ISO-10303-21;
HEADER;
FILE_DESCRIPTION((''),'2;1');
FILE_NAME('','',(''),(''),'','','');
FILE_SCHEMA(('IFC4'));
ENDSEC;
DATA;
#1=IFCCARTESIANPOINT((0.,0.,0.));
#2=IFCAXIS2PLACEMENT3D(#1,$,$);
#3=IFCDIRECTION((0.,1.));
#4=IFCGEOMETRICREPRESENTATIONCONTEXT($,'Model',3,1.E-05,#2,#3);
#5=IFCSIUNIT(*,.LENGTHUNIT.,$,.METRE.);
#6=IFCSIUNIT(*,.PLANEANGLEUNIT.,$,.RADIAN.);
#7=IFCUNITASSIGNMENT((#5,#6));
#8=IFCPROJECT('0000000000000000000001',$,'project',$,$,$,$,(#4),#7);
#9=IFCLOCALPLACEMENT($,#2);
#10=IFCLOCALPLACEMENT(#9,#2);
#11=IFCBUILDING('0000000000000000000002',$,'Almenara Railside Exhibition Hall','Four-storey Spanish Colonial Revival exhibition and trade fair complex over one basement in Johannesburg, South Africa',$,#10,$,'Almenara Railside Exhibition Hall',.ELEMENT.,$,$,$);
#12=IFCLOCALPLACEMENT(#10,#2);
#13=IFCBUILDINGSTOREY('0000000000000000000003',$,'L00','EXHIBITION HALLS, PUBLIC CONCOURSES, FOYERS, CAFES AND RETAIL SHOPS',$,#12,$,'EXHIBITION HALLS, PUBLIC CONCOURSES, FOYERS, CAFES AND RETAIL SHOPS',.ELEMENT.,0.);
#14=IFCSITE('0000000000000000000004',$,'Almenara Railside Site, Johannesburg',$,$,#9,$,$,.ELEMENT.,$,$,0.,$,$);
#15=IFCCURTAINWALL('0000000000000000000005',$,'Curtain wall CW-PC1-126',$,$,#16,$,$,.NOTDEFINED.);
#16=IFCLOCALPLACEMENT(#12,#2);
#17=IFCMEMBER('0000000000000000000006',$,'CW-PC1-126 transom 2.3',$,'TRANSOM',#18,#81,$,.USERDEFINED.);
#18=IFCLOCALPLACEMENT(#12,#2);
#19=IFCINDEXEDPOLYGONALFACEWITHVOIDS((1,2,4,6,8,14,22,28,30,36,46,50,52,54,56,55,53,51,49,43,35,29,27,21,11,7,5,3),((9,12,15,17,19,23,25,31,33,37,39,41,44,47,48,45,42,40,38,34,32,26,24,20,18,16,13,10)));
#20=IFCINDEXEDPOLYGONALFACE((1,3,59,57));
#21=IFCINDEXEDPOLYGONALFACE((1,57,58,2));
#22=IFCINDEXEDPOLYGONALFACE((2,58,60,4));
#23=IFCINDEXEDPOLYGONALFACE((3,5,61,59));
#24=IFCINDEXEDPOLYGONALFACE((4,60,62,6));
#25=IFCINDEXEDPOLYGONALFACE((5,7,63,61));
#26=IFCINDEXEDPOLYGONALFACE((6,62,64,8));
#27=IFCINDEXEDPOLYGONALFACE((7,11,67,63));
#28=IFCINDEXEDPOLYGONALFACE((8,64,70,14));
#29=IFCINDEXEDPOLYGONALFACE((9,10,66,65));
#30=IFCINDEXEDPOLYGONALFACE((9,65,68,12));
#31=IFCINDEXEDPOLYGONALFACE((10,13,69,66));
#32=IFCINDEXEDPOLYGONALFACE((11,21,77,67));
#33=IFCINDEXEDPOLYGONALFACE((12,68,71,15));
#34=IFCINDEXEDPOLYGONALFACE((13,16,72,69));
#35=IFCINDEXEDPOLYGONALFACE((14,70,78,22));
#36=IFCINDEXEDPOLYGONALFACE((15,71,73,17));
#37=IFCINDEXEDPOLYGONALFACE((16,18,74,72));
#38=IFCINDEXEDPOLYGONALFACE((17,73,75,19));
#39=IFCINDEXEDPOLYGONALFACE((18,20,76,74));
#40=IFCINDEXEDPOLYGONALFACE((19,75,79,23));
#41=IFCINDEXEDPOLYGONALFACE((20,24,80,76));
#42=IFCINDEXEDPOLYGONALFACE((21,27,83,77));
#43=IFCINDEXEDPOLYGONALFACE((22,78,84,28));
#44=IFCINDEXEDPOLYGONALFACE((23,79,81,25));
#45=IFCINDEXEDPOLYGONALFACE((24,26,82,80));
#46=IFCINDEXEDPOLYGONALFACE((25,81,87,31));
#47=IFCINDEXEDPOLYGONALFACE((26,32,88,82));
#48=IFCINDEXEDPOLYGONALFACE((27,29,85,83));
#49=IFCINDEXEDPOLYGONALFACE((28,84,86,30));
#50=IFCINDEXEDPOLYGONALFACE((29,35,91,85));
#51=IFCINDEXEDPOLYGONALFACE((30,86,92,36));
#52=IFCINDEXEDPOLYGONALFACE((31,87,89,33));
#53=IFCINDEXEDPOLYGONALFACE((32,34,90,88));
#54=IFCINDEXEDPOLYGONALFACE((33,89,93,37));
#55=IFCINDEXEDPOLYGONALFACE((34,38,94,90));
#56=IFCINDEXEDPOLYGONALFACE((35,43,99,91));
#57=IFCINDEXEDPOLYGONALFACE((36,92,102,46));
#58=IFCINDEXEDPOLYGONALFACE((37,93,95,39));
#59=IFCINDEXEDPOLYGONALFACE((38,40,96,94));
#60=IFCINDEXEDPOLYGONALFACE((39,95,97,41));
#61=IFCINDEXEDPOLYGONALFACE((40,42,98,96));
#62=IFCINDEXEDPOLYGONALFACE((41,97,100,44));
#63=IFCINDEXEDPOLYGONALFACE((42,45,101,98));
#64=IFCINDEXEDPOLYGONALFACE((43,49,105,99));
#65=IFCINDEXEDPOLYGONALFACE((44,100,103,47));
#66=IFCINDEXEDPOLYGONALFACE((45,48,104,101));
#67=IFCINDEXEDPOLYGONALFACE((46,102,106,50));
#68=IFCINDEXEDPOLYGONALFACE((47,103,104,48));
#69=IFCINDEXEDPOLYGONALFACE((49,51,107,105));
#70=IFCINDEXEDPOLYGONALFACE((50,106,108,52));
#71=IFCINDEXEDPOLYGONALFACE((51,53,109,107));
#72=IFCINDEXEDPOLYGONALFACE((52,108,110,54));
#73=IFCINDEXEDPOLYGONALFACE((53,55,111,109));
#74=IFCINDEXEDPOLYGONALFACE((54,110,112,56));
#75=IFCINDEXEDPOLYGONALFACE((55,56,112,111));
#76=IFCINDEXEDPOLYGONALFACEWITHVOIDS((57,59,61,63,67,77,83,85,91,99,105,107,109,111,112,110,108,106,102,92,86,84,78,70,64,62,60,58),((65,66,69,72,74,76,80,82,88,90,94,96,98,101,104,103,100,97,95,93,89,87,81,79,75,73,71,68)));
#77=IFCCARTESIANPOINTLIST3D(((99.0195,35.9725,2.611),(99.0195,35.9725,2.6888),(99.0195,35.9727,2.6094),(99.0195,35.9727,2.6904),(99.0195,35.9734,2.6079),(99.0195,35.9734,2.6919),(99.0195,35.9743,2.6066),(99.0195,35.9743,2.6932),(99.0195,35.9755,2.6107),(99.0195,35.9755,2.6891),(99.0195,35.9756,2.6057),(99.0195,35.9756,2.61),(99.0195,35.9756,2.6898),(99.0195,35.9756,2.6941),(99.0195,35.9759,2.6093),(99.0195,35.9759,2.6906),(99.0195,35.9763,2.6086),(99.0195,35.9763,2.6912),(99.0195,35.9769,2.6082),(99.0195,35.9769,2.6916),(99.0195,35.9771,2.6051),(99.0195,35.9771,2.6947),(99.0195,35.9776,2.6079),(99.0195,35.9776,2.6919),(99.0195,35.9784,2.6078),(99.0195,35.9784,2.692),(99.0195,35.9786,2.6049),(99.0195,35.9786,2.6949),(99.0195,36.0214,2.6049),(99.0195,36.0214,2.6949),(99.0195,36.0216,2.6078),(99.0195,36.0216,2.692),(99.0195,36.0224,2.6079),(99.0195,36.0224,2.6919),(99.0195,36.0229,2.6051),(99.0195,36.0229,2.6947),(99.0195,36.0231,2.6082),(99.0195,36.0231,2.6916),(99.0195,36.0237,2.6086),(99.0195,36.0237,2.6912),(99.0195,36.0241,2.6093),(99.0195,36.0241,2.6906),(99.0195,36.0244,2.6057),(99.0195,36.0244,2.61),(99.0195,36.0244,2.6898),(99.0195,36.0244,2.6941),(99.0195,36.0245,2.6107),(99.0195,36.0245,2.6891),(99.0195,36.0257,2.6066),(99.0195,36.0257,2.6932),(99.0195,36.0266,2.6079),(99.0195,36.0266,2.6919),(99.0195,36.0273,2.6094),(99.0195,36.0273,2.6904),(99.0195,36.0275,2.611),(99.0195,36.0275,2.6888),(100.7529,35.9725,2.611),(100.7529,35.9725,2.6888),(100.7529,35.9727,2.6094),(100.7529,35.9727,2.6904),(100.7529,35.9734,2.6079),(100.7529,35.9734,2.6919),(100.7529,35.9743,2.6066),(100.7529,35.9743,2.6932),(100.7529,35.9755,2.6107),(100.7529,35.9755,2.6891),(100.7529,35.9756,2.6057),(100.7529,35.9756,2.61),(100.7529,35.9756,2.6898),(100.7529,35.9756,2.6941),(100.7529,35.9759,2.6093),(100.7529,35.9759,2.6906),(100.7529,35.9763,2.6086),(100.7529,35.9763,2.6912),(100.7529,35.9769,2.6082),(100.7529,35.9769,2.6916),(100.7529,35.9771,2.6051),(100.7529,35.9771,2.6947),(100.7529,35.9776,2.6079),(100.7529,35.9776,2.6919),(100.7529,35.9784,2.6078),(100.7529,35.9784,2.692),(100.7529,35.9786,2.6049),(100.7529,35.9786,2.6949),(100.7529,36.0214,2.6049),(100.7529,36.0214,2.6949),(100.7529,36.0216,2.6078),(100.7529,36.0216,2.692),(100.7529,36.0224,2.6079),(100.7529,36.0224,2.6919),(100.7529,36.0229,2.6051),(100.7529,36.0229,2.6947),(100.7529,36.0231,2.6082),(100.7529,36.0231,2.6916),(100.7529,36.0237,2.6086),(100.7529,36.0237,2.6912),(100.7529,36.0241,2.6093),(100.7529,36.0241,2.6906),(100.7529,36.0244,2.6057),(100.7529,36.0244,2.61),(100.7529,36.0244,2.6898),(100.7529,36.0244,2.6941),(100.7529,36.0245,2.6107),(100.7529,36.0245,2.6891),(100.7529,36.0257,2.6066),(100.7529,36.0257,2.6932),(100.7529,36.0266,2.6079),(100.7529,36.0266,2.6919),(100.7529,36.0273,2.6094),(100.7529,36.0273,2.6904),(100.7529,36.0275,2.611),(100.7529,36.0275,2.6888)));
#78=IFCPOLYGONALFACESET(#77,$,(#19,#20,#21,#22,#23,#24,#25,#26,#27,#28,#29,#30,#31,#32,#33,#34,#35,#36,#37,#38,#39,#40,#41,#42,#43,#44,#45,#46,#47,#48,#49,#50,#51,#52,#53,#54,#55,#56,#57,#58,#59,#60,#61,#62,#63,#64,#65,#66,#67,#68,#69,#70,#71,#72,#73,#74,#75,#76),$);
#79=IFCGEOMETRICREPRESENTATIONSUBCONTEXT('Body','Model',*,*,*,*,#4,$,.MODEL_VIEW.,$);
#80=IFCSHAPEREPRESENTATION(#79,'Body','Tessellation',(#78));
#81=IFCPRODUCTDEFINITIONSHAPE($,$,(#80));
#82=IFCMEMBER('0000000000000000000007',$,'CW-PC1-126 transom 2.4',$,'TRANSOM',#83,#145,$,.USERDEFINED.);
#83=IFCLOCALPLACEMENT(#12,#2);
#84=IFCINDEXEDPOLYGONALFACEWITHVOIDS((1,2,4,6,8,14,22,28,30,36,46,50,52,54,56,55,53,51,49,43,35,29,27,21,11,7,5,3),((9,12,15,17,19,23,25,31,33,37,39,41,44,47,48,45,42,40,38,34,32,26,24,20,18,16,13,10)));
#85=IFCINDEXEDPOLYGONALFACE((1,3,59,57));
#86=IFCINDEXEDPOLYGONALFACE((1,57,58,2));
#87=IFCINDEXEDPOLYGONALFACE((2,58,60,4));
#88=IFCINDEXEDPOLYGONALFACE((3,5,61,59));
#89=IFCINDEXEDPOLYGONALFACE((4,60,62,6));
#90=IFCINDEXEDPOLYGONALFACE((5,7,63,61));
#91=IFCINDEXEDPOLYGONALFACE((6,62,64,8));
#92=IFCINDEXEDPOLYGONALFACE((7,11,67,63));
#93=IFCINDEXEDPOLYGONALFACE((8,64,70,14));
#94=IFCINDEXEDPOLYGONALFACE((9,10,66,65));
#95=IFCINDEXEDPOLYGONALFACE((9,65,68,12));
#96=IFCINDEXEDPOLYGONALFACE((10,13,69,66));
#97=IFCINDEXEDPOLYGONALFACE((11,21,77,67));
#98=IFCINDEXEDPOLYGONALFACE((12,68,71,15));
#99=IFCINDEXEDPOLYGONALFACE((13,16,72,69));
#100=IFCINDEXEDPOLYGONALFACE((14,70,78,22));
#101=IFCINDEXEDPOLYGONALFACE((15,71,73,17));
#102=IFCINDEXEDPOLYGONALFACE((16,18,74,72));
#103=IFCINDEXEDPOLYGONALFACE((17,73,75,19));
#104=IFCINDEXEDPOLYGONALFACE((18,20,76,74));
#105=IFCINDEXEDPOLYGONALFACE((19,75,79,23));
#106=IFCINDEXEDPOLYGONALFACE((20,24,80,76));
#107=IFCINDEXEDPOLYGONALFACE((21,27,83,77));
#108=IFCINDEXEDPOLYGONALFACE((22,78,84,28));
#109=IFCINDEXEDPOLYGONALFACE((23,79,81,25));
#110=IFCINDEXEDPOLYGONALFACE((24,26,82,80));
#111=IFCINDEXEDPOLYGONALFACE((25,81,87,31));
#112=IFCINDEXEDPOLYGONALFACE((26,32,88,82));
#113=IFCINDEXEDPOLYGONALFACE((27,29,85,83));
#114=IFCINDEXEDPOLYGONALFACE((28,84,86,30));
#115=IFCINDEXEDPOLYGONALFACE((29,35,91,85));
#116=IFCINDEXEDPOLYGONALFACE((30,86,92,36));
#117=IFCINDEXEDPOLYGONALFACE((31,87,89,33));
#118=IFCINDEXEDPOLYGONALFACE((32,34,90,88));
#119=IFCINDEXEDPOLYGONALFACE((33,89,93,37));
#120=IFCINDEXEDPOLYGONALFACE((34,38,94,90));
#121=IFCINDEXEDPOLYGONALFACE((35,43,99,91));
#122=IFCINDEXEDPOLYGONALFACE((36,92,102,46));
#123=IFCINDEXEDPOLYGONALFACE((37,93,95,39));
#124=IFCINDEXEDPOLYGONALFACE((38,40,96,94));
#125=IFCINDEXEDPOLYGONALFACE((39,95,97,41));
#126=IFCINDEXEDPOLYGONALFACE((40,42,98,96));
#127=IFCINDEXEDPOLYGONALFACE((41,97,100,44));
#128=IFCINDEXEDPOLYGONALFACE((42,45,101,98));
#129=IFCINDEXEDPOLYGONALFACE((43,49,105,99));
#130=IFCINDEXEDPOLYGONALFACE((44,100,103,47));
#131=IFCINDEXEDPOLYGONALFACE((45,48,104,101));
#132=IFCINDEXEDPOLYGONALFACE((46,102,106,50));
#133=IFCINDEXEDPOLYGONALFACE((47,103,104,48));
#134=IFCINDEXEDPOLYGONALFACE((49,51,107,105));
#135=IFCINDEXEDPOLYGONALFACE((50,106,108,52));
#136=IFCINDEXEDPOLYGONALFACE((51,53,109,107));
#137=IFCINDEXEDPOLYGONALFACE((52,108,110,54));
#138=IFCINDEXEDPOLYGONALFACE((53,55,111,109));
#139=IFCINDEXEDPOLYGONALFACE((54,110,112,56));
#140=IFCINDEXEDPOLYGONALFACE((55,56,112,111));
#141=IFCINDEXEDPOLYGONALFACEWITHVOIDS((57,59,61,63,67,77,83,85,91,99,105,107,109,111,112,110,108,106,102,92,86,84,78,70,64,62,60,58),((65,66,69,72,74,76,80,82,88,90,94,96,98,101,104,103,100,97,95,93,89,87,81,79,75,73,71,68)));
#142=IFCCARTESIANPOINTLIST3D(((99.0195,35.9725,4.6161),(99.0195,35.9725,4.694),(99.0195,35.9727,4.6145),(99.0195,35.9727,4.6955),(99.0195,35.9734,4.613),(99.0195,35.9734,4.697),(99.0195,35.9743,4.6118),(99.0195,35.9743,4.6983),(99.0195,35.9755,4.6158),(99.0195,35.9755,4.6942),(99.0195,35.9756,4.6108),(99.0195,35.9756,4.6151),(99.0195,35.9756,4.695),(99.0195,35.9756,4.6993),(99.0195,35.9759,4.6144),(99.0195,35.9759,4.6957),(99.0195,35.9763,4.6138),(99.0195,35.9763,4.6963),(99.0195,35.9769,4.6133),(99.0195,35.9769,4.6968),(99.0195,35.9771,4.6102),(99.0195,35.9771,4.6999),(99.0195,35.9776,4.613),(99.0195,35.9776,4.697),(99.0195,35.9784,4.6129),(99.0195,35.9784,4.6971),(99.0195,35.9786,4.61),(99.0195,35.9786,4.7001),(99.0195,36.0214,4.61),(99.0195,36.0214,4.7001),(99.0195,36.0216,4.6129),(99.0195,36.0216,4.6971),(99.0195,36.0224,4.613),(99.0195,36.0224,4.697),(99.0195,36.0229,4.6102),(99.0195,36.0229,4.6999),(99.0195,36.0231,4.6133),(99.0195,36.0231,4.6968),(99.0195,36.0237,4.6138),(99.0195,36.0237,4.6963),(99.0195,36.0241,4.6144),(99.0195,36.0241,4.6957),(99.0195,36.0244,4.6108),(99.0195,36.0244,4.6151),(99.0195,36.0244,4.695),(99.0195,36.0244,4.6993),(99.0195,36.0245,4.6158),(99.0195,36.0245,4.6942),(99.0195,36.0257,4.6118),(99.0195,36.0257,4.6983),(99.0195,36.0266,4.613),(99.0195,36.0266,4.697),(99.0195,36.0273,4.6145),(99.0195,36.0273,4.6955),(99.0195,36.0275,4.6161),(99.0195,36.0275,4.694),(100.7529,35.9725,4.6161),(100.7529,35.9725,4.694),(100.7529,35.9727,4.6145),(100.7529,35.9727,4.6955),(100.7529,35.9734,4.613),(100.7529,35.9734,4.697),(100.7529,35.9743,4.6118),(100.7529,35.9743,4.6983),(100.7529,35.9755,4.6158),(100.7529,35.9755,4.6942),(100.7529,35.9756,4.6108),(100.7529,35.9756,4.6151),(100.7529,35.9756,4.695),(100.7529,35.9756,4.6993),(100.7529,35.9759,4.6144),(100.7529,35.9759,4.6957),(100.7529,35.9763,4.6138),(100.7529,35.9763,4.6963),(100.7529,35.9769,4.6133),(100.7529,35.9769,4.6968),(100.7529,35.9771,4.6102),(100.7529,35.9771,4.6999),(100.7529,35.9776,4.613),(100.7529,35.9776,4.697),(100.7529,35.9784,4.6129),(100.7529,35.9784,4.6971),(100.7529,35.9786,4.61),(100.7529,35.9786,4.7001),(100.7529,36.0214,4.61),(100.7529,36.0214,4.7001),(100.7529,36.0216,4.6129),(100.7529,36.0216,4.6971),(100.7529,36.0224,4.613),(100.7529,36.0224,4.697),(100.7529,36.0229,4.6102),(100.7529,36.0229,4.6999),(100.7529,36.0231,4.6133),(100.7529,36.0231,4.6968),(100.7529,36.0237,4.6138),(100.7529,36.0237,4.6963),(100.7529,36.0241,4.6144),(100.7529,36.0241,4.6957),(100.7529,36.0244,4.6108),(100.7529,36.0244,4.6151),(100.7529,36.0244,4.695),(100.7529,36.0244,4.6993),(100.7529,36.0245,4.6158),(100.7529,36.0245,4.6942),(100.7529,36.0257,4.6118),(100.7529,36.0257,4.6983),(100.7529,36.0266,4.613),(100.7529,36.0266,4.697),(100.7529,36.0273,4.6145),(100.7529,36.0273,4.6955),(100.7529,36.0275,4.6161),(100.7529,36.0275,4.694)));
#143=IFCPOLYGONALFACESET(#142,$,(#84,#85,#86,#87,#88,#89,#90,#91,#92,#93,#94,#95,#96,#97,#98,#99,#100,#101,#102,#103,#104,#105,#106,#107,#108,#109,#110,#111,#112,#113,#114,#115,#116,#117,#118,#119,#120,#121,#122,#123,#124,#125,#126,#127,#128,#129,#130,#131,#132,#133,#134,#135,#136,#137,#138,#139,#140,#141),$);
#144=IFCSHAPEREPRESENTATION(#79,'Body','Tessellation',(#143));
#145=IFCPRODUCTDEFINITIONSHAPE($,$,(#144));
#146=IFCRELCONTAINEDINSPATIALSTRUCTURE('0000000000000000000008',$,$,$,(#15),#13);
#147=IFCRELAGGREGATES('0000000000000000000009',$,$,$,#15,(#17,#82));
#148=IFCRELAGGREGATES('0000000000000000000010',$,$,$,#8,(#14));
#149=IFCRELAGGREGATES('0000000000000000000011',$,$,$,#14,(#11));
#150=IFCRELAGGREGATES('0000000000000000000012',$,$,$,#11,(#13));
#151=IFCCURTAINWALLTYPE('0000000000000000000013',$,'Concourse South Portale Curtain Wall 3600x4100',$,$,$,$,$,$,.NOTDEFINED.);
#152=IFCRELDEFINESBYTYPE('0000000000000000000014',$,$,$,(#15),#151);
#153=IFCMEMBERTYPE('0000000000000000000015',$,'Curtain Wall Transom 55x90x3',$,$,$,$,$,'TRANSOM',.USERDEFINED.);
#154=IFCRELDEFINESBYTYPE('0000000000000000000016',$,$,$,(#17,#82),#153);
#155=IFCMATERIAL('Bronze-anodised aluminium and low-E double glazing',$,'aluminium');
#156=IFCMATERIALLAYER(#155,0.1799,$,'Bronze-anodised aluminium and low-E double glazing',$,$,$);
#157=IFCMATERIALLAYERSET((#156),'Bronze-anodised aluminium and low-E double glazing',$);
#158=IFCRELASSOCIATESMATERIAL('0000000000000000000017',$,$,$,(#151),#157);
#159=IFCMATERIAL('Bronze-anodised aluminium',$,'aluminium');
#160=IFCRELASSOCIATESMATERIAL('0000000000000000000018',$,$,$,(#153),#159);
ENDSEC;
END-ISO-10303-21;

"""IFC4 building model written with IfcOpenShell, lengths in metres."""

from ifc_helpers import new_model, si_unit, direction, frame, origin, origin_2d, place, context, subcontext, project, spatial, hollow_rectangle, extrude, material, layer, layer_set, material_profile, profile_set, type_object, element, aggregate, save


model = new_model("IFC4")

# Units and contexts
model_context = context("Model", 3, precision=1e-05, world=origin(), true_north=direction((0.0, 1.0)))
body_context = subcontext(model_context, "Body", "Model", "MODEL_VIEW")
ifc_project = project(units=[si_unit("LENGTHUNIT", "METRE"), si_unit("PLANEANGLEUNIT", "RADIAN")], contexts=[model_context])

# Site, building, storey
site_placement = place(None, origin())
site = spatial("IfcSite", under=ifc_project, at=site_placement, Name="Almenara Railside Site, Johannesburg", CompositionType="ELEMENT", RefElevation=0.0)
building_placement = place(site_placement, origin())
building = spatial("IfcBuilding", under=site, at=building_placement, Name="Almenara Railside Exhibition Hall", Description="Four-storey Spanish Colonial Revival exhibition and trade fair complex over one basement in Johannesburg, South Africa", LongName="Almenara Railside Exhibition Hall", CompositionType="ELEMENT")
storey_placement = place(building_placement, origin())
storey = spatial("IfcBuildingStorey", under=building, at=storey_placement, Name="L00", Description="EXHIBITION HALLS, PUBLIC CONCOURSES, FOYERS, CAFES AND RETAIL SHOPS", LongName="EXHIBITION HALLS, PUBLIC CONCOURSES, FOYERS, CAFES AND RETAIL SHOPS", CompositionType="ELEMENT", Elevation=0.0)

# Curtain wall
ifc_material_1 = material(Name="Bronze-anodised aluminium and low-E double glazing", Category="aluminium")
ifc_layer_1 = layer(ifc_material_1, 0.1799, Name="Bronze-anodised aluminium and low-E double glazing")
ifc_layer_set_1 = layer_set([ifc_layer_1], Name="Bronze-anodised aluminium and low-E double glazing")
curtain_wall_type = type_object("IfcCurtainWallType", Name="Concourse South Portale Curtain Wall 3600x4100", PredefinedType="NOTDEFINED", material=ifc_layer_set_1)
curtain_wall_1_placement = place(storey_placement, origin())
curtain_wall_1 = element("IfcCurtainWall", 1, at=curtain_wall_1_placement, inside=storey, type_object=curtain_wall_type, Name="Curtain wall CW-PC1-126", PredefinedType="NOTDEFINED")
ifc_material_2 = material(Name="Bronze-anodised aluminium", Category="aluminium")

# Members
ifc_material_profile_1 = material_profile(ifc_material_2, hollow_rectangle(XDim=0.0549, YDim=0.0901, WallThickness=0.0029, InnerFilletRadius=0.0029, OuterFilletRadius=0.0061, at=origin_2d()), Name="ALU-TRN 55x90x3")
ifc_profile_set_1 = profile_set([ifc_material_profile_1], Name="Bronze-anodised aluminium")
member_type_1 = type_object("IfcMemberType", Name="Curtain Wall Transom 55x90x3", ElementType="TRANSOM", PredefinedType="USERDEFINED", material=ifc_profile_set_1)
member_1_placement = place(storey_placement, frame((99.0195, 36.0, 2.6499), z_axis=(1.0, 0.0, 0.0), x_axis=(0.0, 1.0, 0.0)))
member_1 = element("IfcMember", 2, at=member_1_placement, type_object=member_type_1, Name="CW-PC1-126 transom 2.3", ObjectType="TRANSOM", PredefinedType="USERDEFINED", context=body_context, shape_type="SweptSolid", body=[
    extrude(hollow_rectangle(XDim=0.0549, YDim=0.0901, WallThickness=0.0029, InnerFilletRadius=0.0029, OuterFilletRadius=0.0061, at=origin_2d()), origin(), (0.0, 0.0, 1.0), 1.7334),
])
member_2_placement = place(storey_placement, frame((99.0195, 36.0, 4.655), z_axis=(1.0, 0.0, 0.0), x_axis=(0.0, 1.0, 0.0)))
member_2 = element("IfcMember", 3, at=member_2_placement, type_object=member_type_1, Name="CW-PC1-126 transom 2.4", ObjectType="TRANSOM", PredefinedType="USERDEFINED", context=body_context, shape_type="SweptSolid", body=[
    extrude(hollow_rectangle(XDim=0.0549, YDim=0.0901, WallThickness=0.0029, InnerFilletRadius=0.0029, OuterFilletRadius=0.0061, at=origin_2d()), origin(), (0.0, 0.0, 1.0), 1.7334),
])

aggregate(curtain_wall_1, [member_1, member_2])

save(model, "model.ifc")
